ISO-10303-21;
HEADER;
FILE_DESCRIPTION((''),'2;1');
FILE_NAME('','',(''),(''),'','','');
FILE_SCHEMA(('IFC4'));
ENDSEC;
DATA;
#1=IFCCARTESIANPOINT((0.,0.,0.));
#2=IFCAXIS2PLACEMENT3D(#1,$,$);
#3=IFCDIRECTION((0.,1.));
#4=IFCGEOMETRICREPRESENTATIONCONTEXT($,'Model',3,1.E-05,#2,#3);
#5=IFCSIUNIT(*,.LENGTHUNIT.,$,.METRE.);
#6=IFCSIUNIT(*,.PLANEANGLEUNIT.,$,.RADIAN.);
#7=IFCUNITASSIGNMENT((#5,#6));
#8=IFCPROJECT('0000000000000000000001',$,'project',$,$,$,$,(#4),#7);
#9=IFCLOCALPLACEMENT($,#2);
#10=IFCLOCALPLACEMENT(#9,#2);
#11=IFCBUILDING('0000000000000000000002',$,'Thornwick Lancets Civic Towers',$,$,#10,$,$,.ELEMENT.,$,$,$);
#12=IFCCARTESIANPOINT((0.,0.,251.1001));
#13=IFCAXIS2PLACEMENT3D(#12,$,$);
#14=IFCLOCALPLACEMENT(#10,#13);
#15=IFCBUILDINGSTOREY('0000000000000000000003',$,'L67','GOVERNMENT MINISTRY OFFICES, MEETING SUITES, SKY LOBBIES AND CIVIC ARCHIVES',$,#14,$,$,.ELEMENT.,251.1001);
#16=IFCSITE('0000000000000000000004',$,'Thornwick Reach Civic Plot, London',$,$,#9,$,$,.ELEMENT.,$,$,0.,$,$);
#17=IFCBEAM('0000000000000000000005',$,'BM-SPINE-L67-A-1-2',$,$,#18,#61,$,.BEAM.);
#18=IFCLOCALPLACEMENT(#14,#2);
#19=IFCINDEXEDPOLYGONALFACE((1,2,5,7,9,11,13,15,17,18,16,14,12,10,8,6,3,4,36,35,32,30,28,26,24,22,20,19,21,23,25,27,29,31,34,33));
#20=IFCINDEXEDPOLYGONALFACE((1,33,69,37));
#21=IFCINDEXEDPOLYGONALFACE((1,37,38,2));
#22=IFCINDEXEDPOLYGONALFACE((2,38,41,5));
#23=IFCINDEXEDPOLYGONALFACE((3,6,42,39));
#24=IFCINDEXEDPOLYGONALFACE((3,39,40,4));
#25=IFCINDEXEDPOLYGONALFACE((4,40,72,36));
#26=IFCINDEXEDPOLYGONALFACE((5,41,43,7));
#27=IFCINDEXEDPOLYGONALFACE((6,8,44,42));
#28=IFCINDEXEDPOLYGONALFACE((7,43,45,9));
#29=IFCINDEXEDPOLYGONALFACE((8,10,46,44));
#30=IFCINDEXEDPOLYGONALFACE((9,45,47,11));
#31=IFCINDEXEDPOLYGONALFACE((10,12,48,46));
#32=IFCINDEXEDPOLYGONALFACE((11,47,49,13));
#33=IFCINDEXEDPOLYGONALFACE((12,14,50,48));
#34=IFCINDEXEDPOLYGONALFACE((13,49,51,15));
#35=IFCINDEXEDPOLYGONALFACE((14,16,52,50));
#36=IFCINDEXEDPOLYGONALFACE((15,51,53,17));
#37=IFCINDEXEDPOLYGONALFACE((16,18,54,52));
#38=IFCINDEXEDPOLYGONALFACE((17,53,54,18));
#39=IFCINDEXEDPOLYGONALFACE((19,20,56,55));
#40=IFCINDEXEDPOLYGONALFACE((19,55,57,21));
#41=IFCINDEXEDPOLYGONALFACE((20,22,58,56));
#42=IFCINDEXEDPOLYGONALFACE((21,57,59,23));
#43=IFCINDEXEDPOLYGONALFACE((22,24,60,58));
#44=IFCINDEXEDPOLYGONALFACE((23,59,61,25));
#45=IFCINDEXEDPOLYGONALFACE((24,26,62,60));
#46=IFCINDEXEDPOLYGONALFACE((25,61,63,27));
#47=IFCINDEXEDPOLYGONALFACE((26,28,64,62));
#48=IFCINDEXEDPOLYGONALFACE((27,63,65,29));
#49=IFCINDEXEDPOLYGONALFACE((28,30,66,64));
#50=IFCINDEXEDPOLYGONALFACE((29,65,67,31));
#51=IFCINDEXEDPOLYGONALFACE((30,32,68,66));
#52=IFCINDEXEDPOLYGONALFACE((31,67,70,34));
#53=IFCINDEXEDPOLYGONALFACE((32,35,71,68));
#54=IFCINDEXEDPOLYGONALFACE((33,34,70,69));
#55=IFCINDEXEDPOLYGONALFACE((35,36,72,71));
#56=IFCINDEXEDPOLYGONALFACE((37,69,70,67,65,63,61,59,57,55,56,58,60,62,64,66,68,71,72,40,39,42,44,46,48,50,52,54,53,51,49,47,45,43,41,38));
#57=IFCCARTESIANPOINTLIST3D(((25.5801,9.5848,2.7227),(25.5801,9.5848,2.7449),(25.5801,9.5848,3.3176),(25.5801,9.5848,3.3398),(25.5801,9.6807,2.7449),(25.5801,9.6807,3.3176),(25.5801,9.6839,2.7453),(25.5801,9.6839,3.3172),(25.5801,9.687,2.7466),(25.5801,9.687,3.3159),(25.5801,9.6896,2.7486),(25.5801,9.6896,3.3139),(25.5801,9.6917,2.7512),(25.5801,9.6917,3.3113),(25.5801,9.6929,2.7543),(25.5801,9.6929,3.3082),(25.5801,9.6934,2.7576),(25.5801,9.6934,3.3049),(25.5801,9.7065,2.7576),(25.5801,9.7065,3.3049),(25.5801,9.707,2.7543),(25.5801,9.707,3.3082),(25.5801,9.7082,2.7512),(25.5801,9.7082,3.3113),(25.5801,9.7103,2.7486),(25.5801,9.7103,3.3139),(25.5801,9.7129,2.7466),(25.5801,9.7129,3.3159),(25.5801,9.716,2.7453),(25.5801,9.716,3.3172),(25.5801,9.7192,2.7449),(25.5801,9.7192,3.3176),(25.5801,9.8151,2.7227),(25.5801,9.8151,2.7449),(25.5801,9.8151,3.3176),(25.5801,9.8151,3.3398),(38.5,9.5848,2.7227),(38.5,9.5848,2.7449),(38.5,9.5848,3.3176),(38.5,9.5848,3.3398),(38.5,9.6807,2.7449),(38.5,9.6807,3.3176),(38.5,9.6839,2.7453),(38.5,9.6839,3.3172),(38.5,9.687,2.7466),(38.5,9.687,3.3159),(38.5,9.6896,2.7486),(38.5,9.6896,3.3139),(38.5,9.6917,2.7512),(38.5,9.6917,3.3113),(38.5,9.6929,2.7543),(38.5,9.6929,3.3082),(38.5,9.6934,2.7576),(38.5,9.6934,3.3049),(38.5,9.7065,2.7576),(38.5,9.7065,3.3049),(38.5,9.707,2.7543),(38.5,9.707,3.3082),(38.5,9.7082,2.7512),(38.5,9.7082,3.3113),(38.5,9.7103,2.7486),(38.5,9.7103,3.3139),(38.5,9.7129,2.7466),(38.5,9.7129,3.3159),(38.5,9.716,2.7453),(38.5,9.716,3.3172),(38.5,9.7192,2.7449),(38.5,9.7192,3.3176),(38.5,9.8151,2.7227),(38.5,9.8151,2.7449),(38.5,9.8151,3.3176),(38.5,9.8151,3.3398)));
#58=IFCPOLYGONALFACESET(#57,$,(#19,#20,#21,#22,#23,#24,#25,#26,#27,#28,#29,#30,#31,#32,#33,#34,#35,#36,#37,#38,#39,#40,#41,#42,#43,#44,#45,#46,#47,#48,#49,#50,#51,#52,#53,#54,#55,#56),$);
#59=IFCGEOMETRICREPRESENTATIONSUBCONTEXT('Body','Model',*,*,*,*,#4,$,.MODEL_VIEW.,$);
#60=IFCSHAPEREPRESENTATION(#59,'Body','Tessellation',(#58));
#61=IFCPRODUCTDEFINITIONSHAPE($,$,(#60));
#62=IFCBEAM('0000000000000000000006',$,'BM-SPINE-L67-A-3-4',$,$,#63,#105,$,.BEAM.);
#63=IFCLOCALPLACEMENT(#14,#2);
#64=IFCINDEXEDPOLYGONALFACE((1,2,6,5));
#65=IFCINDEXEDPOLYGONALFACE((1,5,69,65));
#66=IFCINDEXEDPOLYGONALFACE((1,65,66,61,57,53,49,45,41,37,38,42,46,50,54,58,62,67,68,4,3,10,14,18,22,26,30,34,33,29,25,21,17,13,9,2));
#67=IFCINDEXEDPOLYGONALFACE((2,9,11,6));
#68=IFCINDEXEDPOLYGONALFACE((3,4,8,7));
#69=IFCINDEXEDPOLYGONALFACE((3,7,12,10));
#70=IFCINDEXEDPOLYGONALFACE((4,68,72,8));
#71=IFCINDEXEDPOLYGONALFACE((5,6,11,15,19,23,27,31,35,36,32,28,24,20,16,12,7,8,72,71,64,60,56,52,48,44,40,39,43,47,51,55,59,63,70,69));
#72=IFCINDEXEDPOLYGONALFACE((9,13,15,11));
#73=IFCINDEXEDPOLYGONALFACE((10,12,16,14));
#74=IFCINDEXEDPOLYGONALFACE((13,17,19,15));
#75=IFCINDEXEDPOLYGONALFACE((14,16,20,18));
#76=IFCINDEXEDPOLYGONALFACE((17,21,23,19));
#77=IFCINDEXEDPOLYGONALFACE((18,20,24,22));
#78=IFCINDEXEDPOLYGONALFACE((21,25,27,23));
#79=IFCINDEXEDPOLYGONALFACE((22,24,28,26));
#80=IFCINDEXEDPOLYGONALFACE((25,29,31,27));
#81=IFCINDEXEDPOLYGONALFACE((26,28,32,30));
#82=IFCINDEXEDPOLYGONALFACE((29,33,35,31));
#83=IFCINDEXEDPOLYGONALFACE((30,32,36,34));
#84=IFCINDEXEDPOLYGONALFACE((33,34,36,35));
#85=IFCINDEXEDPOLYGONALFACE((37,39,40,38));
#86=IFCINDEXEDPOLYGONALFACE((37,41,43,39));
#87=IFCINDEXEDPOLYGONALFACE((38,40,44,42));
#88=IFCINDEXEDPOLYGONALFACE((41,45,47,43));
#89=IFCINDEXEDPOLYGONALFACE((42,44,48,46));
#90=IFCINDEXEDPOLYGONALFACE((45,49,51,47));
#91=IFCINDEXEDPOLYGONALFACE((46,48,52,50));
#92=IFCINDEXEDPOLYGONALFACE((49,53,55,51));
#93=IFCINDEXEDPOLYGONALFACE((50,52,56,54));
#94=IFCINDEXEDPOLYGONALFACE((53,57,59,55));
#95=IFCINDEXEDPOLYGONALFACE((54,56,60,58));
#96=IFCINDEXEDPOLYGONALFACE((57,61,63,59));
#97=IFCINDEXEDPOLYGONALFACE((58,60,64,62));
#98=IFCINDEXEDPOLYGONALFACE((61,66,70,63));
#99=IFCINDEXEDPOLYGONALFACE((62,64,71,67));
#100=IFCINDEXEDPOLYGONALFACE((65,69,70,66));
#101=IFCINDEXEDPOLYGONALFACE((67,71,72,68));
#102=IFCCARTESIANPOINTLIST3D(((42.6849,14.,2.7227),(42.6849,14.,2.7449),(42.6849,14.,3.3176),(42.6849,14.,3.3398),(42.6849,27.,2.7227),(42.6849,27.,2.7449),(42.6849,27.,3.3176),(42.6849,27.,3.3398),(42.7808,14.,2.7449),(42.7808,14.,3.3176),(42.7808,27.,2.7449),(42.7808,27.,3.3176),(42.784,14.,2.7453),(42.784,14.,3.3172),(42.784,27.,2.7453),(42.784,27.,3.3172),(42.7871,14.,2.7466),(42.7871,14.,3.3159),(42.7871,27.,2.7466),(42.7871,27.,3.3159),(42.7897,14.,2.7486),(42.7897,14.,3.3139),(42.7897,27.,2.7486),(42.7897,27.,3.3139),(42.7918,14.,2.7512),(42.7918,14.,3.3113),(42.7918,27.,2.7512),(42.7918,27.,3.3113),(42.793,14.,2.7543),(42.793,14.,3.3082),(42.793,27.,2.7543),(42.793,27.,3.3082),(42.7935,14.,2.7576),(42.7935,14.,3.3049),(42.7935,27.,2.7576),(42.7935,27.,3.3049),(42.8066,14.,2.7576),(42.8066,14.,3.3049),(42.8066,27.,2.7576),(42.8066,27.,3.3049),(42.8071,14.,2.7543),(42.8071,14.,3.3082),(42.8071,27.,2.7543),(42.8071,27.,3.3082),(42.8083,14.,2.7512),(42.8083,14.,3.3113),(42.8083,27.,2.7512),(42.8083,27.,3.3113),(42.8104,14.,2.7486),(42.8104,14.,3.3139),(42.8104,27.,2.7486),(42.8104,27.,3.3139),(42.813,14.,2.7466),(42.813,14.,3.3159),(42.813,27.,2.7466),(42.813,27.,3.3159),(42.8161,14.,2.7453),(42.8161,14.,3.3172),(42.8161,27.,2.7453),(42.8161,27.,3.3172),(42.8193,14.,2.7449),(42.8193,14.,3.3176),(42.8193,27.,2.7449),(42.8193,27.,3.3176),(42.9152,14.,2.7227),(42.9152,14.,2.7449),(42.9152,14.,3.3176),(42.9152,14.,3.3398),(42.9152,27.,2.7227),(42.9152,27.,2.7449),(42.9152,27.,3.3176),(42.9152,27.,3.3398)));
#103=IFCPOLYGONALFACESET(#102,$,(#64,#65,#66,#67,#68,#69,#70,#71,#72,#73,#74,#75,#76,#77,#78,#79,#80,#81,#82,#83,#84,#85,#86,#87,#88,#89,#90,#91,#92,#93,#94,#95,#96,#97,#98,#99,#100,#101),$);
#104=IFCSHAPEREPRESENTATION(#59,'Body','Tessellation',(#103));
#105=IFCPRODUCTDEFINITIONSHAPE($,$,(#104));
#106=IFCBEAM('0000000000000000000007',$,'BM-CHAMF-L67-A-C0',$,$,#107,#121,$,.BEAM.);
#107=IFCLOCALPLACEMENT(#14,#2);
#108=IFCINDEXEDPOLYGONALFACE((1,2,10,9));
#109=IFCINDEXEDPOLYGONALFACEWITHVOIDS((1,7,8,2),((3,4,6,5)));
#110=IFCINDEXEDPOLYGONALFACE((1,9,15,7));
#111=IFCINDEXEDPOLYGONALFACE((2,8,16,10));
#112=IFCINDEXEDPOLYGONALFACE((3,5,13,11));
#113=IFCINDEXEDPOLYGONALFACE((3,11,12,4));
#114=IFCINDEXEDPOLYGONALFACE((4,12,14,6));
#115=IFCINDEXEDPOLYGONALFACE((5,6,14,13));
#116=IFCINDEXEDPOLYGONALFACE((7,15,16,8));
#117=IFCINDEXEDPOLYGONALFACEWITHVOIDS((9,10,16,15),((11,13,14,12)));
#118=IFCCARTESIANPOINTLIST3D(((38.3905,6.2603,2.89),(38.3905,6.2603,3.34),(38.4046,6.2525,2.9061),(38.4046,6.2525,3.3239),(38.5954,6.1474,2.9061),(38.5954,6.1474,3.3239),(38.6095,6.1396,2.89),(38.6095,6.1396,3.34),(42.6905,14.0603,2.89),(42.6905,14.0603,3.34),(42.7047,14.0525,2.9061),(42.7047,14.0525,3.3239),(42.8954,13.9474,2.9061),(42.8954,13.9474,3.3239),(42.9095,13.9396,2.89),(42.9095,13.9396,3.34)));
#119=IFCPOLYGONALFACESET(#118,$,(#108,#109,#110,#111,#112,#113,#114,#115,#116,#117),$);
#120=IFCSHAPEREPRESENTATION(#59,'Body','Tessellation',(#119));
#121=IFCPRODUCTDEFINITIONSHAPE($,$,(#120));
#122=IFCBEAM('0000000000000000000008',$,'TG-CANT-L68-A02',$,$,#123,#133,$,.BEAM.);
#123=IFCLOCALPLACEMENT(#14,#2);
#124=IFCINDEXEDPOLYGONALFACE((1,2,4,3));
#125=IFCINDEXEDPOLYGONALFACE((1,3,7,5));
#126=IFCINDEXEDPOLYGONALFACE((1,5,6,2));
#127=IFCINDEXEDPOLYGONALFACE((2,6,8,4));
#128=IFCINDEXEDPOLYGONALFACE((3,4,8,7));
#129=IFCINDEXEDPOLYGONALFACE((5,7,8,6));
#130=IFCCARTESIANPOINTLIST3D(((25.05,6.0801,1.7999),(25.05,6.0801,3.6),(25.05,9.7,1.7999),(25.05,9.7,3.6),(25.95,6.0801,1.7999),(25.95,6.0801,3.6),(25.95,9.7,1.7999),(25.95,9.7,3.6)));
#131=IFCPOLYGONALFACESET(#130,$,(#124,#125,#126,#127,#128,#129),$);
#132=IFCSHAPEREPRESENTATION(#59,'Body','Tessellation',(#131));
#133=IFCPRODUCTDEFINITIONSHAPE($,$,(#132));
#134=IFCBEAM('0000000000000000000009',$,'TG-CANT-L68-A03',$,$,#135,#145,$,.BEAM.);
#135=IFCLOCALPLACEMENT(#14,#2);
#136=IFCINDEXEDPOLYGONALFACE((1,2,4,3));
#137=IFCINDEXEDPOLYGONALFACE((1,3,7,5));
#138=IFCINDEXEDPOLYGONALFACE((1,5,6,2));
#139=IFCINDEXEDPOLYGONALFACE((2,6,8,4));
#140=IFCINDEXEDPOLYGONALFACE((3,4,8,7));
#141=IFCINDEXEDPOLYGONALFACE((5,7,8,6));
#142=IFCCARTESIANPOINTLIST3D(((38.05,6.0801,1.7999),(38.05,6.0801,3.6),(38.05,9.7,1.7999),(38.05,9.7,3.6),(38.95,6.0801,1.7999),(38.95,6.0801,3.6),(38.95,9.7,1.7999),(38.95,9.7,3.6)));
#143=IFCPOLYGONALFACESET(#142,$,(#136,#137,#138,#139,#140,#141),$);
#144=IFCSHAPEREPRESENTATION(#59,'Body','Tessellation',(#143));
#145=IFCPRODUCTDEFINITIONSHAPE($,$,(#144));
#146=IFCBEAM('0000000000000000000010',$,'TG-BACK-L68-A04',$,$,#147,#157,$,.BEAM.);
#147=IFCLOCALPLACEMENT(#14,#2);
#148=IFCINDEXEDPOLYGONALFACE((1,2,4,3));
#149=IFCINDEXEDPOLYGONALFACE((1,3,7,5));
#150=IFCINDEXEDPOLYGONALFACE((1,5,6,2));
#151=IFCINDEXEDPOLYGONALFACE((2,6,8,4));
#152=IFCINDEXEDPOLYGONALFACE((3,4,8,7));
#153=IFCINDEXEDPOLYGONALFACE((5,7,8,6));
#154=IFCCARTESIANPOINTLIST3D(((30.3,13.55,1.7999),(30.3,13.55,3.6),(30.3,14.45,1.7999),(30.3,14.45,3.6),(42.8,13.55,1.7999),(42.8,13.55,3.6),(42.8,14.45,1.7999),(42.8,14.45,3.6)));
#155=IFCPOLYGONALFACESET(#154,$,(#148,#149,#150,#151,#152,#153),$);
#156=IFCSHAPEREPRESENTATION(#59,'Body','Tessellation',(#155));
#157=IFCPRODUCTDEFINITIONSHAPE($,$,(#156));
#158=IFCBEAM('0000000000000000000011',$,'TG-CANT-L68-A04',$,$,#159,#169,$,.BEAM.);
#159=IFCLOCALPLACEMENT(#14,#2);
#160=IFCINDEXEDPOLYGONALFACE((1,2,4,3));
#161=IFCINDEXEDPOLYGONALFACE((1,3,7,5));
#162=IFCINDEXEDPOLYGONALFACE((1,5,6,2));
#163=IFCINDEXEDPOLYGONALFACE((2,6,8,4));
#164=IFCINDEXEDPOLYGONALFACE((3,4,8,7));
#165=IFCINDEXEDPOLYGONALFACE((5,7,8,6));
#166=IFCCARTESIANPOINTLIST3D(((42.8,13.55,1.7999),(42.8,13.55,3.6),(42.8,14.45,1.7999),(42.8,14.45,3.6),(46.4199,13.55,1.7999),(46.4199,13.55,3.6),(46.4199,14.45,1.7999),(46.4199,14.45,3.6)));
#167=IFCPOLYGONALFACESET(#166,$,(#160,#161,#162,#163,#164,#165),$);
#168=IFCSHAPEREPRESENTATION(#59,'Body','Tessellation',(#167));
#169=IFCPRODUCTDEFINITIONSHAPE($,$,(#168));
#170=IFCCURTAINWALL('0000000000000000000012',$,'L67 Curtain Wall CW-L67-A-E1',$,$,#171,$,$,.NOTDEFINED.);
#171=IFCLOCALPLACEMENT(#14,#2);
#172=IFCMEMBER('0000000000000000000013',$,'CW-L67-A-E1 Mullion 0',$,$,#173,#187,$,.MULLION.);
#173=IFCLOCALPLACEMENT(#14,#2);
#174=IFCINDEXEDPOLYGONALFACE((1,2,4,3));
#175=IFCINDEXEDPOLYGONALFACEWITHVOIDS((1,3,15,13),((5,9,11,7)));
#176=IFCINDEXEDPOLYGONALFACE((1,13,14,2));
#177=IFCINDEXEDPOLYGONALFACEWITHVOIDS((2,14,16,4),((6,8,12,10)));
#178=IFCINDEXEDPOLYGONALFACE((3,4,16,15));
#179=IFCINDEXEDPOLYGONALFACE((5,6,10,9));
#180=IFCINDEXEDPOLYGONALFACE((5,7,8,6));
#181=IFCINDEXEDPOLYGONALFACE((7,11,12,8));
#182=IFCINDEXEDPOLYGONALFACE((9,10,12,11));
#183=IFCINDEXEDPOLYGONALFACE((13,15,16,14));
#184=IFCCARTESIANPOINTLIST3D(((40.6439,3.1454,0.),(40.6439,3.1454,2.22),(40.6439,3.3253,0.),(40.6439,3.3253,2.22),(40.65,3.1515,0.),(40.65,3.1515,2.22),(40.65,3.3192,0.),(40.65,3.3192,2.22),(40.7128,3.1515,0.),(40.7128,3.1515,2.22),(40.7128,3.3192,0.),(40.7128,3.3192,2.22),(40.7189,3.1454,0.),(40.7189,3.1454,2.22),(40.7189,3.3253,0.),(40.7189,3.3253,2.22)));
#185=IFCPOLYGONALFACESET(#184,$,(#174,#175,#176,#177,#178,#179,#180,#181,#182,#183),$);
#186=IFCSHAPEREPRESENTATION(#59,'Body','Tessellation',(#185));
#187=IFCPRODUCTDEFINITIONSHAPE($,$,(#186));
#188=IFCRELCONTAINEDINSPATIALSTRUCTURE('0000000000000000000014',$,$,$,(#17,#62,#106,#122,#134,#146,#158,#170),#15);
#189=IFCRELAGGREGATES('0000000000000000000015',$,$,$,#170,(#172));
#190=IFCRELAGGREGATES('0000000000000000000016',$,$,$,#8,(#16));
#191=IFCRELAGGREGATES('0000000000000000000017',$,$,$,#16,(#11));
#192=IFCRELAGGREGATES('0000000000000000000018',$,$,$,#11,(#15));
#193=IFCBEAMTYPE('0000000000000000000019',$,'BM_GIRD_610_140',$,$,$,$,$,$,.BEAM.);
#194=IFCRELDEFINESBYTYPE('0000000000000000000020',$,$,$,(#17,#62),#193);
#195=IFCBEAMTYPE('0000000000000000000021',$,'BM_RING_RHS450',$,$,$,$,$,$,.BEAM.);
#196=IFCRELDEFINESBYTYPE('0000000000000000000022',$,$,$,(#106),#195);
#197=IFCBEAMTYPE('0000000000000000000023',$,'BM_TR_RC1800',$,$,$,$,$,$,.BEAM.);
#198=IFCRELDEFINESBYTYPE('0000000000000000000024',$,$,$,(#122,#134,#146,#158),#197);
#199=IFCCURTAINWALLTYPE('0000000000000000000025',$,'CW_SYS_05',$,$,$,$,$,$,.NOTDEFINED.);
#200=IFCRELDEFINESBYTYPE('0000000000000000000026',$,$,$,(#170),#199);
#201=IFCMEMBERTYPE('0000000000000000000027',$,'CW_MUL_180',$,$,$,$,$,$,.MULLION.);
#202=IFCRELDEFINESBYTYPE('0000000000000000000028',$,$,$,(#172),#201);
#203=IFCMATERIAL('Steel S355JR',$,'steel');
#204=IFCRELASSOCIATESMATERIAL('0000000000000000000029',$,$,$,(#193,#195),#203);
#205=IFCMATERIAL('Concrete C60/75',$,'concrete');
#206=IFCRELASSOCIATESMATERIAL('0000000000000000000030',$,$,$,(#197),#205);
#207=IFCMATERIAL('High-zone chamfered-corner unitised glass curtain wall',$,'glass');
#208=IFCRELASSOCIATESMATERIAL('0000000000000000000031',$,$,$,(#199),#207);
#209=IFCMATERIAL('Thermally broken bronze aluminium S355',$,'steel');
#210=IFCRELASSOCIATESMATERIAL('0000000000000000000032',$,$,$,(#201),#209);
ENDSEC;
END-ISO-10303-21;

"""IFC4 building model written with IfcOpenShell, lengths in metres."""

from ifc_helpers import new_model, si_unit, direction, frame, origin, origin_2d, place, context, subcontext, project, spatial, rectangle, hollow_rectangle, i_section, extrude, material, material_profile, profile_set, type_object, element, aggregate, save


model = new_model("IFC4")

# Units and contexts
model_context = context("Model", 3, precision=1e-05, world=origin(), true_north=direction((0.0, 1.0)))
body_context = subcontext(model_context, "Body", "Model", "MODEL_VIEW")
ifc_project = project(units=[si_unit("LENGTHUNIT", "METRE"), si_unit("PLANEANGLEUNIT", "RADIAN")], contexts=[model_context])

# Site, building, storey
site_placement = place(None, origin())
site = spatial("IfcSite", under=ifc_project, at=site_placement, Name="Thornwick Reach Civic Plot, London", CompositionType="ELEMENT", RefElevation=0.0)
building_placement = place(site_placement, origin())
building = spatial("IfcBuilding", under=site, at=building_placement, Name="Thornwick Lancets Civic Towers", CompositionType="ELEMENT")
storey_placement = place(building_placement, frame((0.0, 0.0, 251.1001)))
storey = spatial("IfcBuildingStorey", under=building, at=storey_placement, Name="L67", Description="GOVERNMENT MINISTRY OFFICES, MEETING SUITES, SKY LOBBIES AND CIVIC ARCHIVES", CompositionType="ELEMENT", Elevation=251.1001)

# Shared definitions
ifc_material_1 = material(Name="Steel S355JR", Category="steel")

# Beams
ifc_material_profile_1 = material_profile(ifc_material_1, i_section(OverallWidth=0.2302, OverallDepth=0.6172, WebThickness=0.0132, FlangeThickness=0.0222, FilletRadius=0.0127, at=origin_2d()), Name="UKB 610x229x140")
ifc_profile_set_1 = profile_set([ifc_material_profile_1], Name="Steel S355JR")
beam_type_1 = type_object("IfcBeamType", Name="BM_GIRD_610_140", PredefinedType="BEAM", material=ifc_profile_set_1)
beam_1_placement = place(storey_placement, frame((25.5801, 9.7, 3.0312), z_axis=(1.0, 0.0, 0.0), x_axis=(0.0, 1.0, 0.0)))
element("IfcBeam", 1, at=beam_1_placement, inside=storey, type_object=beam_type_1, Name="BM-SPINE-L67-A-1-2", PredefinedType="BEAM", context=body_context, shape_type="SweptSolid", body=[
    extrude(i_section(OverallWidth=0.2302, OverallDepth=0.6172, WebThickness=0.0132, FlangeThickness=0.0222, FilletRadius=0.0127, at=origin_2d()), origin(), (0.0, 0.0, 1.0), 12.9199),
])
beam_2_placement = place(storey_placement, frame((42.8, 14.0, 3.0312), z_axis=(0.0, 1.0, 0.0), x_axis=(-1.0, 0.0, 0.0)))
element("IfcBeam", 2, at=beam_2_placement, inside=storey, type_object=beam_type_1, Name="BM-SPINE-L67-A-3-4", PredefinedType="BEAM", context=body_context, shape_type="SweptSolid", body=[
    extrude(i_section(OverallWidth=0.2302, OverallDepth=0.6172, WebThickness=0.0132, FlangeThickness=0.0222, FilletRadius=0.0127, at=origin_2d()), origin(), (0.0, 0.0, 1.0), 13.0),
])
ifc_material_profile_2 = material_profile(ifc_material_1, hollow_rectangle(XDim=0.25, YDim=0.45, WallThickness=0.0161, at=origin_2d()), Name="RHS 450x250x16")
ifc_profile_set_2 = profile_set([ifc_material_profile_2], Name="Steel S355JR")
beam_type_2 = type_object("IfcBeamType", Name="BM_RING_RHS450", PredefinedType="BEAM", material=ifc_profile_set_2)
beam_3_placement = place(storey_placement, frame((38.5, 6.2, 3.115), z_axis=(0.482782, 0.87574, 0.0), x_axis=(-0.87574, 0.482782, 0.0)))
element("IfcBeam", 3, at=beam_3_placement, inside=storey, type_object=beam_type_2, Name="BM-CHAMF-L67-A-C0", PredefinedType="BEAM", context=body_context, shape_type="SweptSolid", body=[
    extrude(hollow_rectangle(XDim=0.25, YDim=0.45, WallThickness=0.0161, at=origin_2d()), origin(), (0.0, 0.0, 1.0), 8.9067),
])
ifc_material_2 = material(Name="Concrete C60/75", Category="concrete")
ifc_material_profile_3 = material_profile(ifc_material_2, rectangle(XDim=0.8999, YDim=1.8, at=origin_2d()), Name="RC 900x1800")
ifc_profile_set_3 = profile_set([ifc_material_profile_3], Name="Concrete C60/75")
beam_type_3 = type_object("IfcBeamType", Name="BM_TR_RC1800", PredefinedType="BEAM", material=ifc_profile_set_3)
for number, where, z_axis, x_axis, name in (
    (4, (25.5, 9.7, 2.7), (0.0, -1.0, 0.0), (1.0, 0.0, 0.0), "TG-CANT-L68-A02"),
    (5, (38.5, 9.7, 2.7), (0.0, -1.0, 0.0), (1.0, 0.0, 0.0), "TG-CANT-L68-A03"),
):
    element("IfcBeam", number, at=place(storey_placement, frame(where, z_axis=z_axis, x_axis=x_axis)), inside=storey, type_object=beam_type_3, Name=name, PredefinedType="BEAM", context=body_context, shape_type="SweptSolid", body=[
        extrude(rectangle(XDim=0.8999, YDim=1.8, at=origin_2d()), origin(), (0.0, 0.0, 1.0), 3.6199),
    ])
beam_4_placement = place(storey_placement, frame((30.3, 14.0, 2.7), z_axis=(1.0, 0.0, 0.0), x_axis=(0.0, 1.0, 0.0)))
element("IfcBeam", 6, at=beam_4_placement, inside=storey, type_object=beam_type_3, Name="TG-BACK-L68-A04", PredefinedType="BEAM", context=body_context, shape_type="SweptSolid", body=[
    extrude(rectangle(XDim=0.8999, YDim=1.8, at=origin_2d()), origin(), (0.0, 0.0, 1.0), 12.5),
])
beam_5_placement = place(storey_placement, frame((42.8, 14.0, 2.7), z_axis=(1.0, 0.0, 0.0), x_axis=(0.0, 1.0, 0.0)))
element("IfcBeam", 7, at=beam_5_placement, inside=storey, type_object=beam_type_3, Name="TG-CANT-L68-A04", PredefinedType="BEAM", context=body_context, shape_type="SweptSolid", body=[
    extrude(rectangle(XDim=0.8999, YDim=1.8, at=origin_2d()), origin(), (0.0, 0.0, 1.0), 3.6199),
])

# Curtain wall, member
ifc_material_3 = material(Name="High-zone chamfered-corner unitised glass curtain wall", Category="glass")
curtain_wall_type = type_object("IfcCurtainWallType", Name="CW_SYS_05", PredefinedType="NOTDEFINED", material=ifc_material_3)
curtain_wall_placement = place(storey_placement, origin())
curtain_wall = element("IfcCurtainWall", 8, at=curtain_wall_placement, inside=storey, type_object=curtain_wall_type, Name="L67 Curtain Wall CW-L67-A-E1", PredefinedType="NOTDEFINED")
ifc_material_4 = material(Name="Thermally broken bronze aluminium S355", Category="steel")
ifc_material_profile_4 = material_profile(ifc_material_4, hollow_rectangle(XDim=0.075, YDim=0.1799, WallThickness=0.0061, at=origin_2d()), Name="RHS 180x75x6")
ifc_profile_set_4 = profile_set([ifc_material_profile_4], Name="Thermally broken bronze aluminium S355")
member_type_1 = type_object("IfcMemberType", Name="CW_MUL_180", PredefinedType="MULLION", material=ifc_profile_set_4)
member_1_placement = place(storey_placement, frame((40.6814, 3.2354, 0.0), z_axis=(0.0, 0.0, 1.0), x_axis=(1.0, 0.0, 0.0)))
member_1 = element("IfcMember", 9, at=member_1_placement, type_object=member_type_1, Name="CW-L67-A-E1 Mullion 0", PredefinedType="MULLION", context=body_context, shape_type="SweptSolid", body=[
    extrude(hollow_rectangle(XDim=0.075, YDim=0.1799, WallThickness=0.0061, at=origin_2d()), origin(), (0.0, 0.0, 1.0), 2.22),
])

aggregate(curtain_wall, [member_1])

save(model, "model.ifc")
